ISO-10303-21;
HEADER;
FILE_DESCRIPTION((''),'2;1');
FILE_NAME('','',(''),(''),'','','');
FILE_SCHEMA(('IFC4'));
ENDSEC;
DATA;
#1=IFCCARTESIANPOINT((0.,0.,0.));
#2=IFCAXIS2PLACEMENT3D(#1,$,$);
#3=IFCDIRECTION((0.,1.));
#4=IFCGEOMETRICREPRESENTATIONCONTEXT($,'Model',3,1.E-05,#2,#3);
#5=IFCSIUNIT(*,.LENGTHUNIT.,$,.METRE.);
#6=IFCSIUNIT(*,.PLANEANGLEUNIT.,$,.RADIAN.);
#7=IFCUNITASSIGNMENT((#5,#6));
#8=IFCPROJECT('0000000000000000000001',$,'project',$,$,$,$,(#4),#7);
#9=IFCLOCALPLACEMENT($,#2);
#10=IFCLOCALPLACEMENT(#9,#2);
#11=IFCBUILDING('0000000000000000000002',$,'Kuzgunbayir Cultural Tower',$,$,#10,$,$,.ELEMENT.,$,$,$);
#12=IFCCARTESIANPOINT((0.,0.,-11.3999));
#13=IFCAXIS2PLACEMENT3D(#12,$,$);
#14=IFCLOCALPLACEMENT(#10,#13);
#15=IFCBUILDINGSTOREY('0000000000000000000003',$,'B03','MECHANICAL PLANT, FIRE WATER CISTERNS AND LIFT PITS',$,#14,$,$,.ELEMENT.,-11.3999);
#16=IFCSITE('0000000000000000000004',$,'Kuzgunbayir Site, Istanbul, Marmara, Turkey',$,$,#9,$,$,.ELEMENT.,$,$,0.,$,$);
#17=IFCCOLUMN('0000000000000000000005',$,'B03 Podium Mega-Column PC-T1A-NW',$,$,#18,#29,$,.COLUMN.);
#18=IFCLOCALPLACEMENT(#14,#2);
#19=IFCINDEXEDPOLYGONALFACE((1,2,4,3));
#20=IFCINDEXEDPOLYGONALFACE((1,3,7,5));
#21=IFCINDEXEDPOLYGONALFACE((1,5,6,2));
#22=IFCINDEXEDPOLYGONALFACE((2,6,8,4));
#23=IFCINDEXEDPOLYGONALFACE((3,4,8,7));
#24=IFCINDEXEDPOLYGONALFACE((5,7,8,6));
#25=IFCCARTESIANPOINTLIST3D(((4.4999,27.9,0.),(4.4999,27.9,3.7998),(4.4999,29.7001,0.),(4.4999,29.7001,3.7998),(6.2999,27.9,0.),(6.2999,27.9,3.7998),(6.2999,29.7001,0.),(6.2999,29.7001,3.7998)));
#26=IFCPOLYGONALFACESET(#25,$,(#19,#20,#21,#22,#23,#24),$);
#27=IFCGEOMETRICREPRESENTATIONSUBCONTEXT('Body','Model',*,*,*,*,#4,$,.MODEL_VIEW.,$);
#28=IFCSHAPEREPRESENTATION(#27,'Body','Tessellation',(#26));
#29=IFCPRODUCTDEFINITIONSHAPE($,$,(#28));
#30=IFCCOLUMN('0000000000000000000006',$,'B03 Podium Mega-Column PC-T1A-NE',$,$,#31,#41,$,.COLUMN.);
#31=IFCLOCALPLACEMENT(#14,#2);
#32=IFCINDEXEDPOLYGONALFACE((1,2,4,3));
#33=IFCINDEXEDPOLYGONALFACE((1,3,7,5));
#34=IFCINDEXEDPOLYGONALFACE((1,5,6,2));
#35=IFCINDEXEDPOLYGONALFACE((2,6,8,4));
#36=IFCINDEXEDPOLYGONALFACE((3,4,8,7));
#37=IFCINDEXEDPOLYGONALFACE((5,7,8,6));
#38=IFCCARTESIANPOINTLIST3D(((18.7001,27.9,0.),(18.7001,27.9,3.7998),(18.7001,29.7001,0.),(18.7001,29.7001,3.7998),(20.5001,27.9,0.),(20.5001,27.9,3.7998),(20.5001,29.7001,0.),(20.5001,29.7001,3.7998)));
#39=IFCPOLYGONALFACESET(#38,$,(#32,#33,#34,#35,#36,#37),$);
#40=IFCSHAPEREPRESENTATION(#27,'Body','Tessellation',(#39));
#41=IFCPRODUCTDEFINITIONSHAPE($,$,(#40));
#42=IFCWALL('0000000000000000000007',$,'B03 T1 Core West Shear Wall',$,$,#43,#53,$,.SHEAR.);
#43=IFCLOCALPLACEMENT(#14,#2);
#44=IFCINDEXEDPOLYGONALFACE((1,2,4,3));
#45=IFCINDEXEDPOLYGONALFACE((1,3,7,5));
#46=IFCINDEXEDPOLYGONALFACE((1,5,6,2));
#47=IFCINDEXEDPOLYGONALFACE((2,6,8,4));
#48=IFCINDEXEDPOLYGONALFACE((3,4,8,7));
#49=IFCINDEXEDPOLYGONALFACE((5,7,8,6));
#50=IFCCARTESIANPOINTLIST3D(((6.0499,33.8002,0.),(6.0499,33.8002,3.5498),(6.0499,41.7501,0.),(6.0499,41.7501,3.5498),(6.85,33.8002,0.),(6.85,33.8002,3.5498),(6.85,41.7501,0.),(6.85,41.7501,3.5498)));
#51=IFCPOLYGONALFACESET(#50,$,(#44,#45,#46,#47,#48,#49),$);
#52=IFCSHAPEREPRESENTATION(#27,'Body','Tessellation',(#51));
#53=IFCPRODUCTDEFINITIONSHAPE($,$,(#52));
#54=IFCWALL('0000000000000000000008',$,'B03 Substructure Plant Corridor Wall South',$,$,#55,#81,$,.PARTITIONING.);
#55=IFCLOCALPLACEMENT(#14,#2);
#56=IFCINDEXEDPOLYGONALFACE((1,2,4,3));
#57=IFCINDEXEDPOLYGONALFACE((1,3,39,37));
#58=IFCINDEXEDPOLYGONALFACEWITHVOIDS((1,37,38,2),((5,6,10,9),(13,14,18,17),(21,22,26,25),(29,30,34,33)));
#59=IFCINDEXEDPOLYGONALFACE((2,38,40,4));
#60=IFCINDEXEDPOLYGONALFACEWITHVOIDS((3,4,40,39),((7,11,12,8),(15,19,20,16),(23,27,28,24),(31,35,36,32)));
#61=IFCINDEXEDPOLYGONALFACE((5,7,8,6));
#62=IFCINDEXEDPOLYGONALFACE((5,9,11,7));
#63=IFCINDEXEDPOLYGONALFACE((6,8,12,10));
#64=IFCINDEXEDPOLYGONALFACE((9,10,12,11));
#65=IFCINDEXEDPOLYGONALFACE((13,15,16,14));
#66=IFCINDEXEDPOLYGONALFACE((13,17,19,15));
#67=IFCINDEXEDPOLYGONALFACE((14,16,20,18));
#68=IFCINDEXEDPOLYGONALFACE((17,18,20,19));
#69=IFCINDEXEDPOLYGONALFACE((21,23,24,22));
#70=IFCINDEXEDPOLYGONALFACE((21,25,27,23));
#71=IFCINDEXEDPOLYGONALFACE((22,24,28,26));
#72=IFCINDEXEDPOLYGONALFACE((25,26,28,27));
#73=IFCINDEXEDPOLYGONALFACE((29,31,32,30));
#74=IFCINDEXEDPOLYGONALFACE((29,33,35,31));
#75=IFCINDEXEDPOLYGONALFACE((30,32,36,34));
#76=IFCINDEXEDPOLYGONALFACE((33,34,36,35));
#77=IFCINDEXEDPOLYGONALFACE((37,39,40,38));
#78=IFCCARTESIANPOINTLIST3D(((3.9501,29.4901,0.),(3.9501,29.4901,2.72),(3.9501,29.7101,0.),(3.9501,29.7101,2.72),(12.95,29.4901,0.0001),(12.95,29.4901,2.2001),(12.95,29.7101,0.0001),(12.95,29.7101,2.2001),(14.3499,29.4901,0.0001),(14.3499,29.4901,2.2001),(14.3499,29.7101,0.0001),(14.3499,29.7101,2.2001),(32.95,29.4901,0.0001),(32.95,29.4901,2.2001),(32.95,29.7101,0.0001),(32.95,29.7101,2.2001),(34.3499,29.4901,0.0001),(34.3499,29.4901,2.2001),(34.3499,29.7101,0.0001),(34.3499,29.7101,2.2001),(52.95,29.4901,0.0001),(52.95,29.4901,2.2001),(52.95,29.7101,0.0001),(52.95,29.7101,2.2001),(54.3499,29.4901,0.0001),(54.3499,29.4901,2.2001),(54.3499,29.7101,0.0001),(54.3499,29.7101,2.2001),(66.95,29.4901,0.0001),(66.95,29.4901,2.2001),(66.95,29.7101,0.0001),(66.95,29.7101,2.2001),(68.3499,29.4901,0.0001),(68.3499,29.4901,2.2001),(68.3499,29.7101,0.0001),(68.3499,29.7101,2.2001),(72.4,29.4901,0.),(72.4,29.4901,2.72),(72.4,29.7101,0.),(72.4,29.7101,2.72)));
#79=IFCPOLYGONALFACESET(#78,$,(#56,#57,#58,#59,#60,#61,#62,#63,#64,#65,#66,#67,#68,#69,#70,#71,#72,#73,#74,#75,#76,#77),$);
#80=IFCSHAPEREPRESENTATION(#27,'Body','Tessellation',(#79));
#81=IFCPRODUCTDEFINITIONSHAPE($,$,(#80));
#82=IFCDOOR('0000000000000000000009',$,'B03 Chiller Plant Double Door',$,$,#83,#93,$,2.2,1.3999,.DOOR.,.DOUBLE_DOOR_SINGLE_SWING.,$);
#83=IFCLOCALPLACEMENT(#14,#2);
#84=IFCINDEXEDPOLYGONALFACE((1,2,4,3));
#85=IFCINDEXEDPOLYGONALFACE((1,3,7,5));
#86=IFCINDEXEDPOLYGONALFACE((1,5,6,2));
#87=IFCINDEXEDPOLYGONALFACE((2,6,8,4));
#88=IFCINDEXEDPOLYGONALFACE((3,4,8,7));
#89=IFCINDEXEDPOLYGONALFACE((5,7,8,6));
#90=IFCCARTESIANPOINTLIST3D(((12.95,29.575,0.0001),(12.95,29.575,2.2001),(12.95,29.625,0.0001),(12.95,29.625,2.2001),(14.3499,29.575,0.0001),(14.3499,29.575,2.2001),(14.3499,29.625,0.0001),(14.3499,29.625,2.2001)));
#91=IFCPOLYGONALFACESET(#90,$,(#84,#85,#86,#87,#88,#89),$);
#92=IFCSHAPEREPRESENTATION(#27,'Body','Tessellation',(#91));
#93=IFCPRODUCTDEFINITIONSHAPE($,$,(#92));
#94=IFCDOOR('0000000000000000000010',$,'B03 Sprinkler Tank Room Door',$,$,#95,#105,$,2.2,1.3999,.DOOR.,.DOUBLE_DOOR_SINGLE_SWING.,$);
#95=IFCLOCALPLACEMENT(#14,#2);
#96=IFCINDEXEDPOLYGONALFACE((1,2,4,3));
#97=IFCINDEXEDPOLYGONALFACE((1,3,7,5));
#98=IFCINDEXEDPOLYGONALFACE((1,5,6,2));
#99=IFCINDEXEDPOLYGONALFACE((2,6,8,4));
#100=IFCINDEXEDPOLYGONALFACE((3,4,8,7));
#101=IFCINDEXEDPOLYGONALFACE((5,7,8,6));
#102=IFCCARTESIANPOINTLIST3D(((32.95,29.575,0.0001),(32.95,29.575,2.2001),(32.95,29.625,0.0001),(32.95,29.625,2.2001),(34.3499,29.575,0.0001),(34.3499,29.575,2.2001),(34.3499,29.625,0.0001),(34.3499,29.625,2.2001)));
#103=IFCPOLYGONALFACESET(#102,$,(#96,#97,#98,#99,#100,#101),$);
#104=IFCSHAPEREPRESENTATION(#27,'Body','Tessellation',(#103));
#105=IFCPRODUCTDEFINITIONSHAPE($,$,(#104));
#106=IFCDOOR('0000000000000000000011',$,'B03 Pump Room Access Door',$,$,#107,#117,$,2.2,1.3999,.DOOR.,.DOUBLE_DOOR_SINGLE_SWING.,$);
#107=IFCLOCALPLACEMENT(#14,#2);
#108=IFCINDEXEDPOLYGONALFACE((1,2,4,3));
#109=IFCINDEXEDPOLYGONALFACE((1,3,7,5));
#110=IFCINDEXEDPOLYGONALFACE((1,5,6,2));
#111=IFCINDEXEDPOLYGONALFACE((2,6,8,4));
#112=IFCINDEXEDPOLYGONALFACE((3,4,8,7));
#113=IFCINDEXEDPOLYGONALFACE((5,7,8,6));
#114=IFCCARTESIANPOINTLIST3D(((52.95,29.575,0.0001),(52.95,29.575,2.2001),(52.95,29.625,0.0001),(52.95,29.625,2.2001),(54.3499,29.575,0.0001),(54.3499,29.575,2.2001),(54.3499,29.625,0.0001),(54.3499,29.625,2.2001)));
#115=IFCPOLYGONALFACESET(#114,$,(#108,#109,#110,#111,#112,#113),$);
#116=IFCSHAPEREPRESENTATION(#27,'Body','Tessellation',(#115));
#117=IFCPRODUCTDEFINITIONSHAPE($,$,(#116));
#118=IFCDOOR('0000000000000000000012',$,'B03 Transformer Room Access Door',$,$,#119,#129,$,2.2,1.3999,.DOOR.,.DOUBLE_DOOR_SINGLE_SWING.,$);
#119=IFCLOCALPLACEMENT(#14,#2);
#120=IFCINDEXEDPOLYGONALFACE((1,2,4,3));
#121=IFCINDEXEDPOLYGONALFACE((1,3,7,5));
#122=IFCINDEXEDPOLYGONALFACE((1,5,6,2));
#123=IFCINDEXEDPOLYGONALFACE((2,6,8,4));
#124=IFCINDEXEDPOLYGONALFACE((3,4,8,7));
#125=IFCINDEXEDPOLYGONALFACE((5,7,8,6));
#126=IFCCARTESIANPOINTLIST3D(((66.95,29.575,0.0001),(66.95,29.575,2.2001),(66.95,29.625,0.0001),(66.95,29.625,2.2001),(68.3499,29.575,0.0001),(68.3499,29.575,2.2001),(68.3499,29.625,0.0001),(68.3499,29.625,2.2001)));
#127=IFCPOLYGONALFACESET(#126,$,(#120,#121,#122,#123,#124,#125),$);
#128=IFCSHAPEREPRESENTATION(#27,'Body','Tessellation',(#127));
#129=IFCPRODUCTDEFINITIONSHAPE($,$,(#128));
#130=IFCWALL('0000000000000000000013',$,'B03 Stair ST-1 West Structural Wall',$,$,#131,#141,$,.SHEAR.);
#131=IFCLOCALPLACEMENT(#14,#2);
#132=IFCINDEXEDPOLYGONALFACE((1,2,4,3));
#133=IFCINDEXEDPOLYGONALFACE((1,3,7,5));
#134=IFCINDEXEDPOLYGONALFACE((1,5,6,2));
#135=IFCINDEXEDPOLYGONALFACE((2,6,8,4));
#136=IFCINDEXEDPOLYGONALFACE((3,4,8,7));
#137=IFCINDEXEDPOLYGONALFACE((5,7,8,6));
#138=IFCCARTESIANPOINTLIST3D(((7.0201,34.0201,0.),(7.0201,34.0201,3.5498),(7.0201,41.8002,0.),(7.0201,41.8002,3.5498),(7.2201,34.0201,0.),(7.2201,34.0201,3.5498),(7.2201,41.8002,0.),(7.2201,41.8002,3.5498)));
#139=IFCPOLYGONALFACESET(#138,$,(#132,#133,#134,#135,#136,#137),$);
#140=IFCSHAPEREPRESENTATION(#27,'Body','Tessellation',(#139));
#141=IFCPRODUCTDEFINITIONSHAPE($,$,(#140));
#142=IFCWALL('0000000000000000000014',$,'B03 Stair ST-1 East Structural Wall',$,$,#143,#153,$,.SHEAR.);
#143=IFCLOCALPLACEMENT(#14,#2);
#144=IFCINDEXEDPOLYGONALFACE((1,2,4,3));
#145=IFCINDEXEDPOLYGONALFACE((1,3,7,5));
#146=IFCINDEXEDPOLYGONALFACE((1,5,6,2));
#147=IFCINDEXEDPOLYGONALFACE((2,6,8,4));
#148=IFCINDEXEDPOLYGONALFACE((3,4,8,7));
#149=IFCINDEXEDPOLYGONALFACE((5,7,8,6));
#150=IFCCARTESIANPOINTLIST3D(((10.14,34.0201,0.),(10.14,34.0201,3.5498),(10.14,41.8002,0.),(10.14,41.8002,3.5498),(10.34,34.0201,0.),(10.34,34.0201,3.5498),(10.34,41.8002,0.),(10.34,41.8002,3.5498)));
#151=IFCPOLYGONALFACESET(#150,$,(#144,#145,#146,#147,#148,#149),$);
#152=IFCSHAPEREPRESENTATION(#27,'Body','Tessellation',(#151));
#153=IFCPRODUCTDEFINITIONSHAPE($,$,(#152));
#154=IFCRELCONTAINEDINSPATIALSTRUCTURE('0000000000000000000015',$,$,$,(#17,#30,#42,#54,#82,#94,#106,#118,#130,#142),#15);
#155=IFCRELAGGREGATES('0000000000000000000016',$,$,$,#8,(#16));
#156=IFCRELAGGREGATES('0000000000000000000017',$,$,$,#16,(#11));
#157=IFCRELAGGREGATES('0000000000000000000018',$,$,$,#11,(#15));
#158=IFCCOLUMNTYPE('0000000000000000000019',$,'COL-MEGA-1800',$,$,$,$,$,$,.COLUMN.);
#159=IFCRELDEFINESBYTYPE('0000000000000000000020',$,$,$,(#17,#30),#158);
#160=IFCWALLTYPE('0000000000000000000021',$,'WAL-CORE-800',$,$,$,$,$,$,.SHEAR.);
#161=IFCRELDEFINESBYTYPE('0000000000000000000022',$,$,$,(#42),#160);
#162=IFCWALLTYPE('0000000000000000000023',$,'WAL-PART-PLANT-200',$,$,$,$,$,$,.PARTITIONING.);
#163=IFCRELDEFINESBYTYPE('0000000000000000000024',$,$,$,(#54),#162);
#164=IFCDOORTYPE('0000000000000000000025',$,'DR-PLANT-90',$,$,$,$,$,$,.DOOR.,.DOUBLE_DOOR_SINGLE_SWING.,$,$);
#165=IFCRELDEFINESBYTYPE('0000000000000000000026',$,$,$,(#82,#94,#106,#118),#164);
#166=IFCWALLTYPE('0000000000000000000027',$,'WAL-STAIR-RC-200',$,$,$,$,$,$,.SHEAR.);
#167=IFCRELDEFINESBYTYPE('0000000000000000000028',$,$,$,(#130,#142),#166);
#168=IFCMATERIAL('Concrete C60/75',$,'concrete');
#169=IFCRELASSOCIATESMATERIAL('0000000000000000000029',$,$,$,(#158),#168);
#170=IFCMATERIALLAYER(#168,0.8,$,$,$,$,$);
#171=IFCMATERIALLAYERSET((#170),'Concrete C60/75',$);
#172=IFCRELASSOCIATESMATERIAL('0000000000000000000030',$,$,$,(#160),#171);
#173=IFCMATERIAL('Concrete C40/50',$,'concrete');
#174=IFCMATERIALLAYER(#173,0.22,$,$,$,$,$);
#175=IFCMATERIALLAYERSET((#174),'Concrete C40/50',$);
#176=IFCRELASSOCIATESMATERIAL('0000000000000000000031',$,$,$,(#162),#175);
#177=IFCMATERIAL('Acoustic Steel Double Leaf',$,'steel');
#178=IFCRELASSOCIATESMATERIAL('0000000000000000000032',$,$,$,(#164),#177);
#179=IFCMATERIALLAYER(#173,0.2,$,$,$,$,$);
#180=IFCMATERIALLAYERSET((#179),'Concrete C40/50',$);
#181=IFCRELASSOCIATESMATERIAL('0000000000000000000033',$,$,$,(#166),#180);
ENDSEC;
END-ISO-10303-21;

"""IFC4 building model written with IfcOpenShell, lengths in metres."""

from ifc_helpers import new_model, si_unit, direction, frame, frame_2d, origin, origin_2d, place, context, subcontext, project, spatial, rectangle, extrude, material, layer, layer_set, material_profile, profile_set, type_object, element, fill, save


model = new_model("IFC4")

# Units and contexts
model_context = context("Model", 3, precision=1e-05, world=origin(), true_north=direction((0.0, 1.0)))
body_context = subcontext(model_context, "Body", "Model", "MODEL_VIEW")
ifc_project = project(units=[si_unit("LENGTHUNIT", "METRE"), si_unit("PLANEANGLEUNIT", "RADIAN")], contexts=[model_context])

# Site, building, storey
site_placement = place(None, origin())
site = spatial("IfcSite", under=ifc_project, at=site_placement, Name="Kuzgunbayir Site, Istanbul, Marmara, Turkey", CompositionType="ELEMENT", RefElevation=0.0)
building_placement = place(site_placement, origin())
building = spatial("IfcBuilding", under=site, at=building_placement, Name="Kuzgunbayir Cultural Tower", CompositionType="ELEMENT")
storey_placement = place(building_placement, frame((0.0, 0.0, -11.3999)))
storey = spatial("IfcBuildingStorey", under=building, at=storey_placement, Name="B03", Description="MECHANICAL PLANT, FIRE WATER CISTERNS AND LIFT PITS", CompositionType="ELEMENT", Elevation=-11.3999)

# Shared definitions
ifc_material_1 = material(Name="Concrete C40/50", Category="concrete")

# Columns
ifc_material_2 = material(Name="Concrete C60/75", Category="concrete")
ifc_material_profile_1 = material_profile(ifc_material_2, rectangle(XDim=1.8, YDim=1.8, at=origin_2d()), Name="RC 1800x1800")
ifc_profile_set_1 = profile_set([ifc_material_profile_1], Name="Concrete C60/75")
column_type_1 = type_object("IfcColumnType", Name="COL-MEGA-1800", PredefinedType="COLUMN", material=ifc_profile_set_1)
for number, where, z_axis, x_axis, name in (
    (1, (5.3999, 28.8, 0.0), (0.0, 0.0, 1.0), (1.0, 0.0, 0.0), "B03 Podium Mega-Column PC-T1A-NW"),
    (2, (19.6001, 28.8, 0.0), (0.0, 0.0, 1.0), (1.0, 0.0, 0.0), "B03 Podium Mega-Column PC-T1A-NE"),
):
    element("IfcColumn", number, at=place(storey_placement, frame(where, z_axis=z_axis, x_axis=x_axis)), inside=storey, type_object=column_type_1, Name=name, PredefinedType="COLUMN", context=body_context, shape_type="SweptSolid", body=[
        extrude(rectangle(XDim=1.8, YDim=1.8, at=origin_2d()), origin(), (0.0, 0.0, 1.0), 3.7998),
    ])

# Wall
ifc_layer_1 = layer(ifc_material_2, 0.8)
ifc_layer_set_1 = layer_set([ifc_layer_1], Name="Concrete C60/75")
wall_type_1 = type_object("IfcWallType", Name="WAL-CORE-800", PredefinedType="SHEAR", material=ifc_layer_set_1)
wall_1_placement = place(storey_placement, frame((6.45, 33.8, 0.0), z_axis=(0.0, 0.0, 1.0), x_axis=(0.0, 1.0, 0.0)))
element("IfcWall", 3, at=wall_1_placement, inside=storey, type_object=wall_type_1, Name="B03 T1 Core West Shear Wall", PredefinedType="SHEAR", context=body_context, shape_type="SweptSolid", body=[
    extrude(rectangle(XDim=7.95, YDim=0.8, at=frame_2d((3.9751, 0.0))), origin(), (0.0, 0.0, 1.0), 3.5498),
])

# Wall, openings, doors
ifc_layer_2 = layer(ifc_material_1, 0.22)
ifc_layer_set_2 = layer_set([ifc_layer_2], Name="Concrete C40/50")
wall_type_2 = type_object("IfcWallType", Name="WAL-PART-PLANT-200", PredefinedType="PARTITIONING", material=ifc_layer_set_2)
wall_2_placement = place(storey_placement, frame((3.95, 29.6001, 0.0), z_axis=(0.0, 0.0, 1.0), x_axis=(1.0, 0.0, 0.0)))
wall_2 = element("IfcWall", 4, at=wall_2_placement, inside=storey, type_object=wall_type_2, Name="B03 Substructure Plant Corridor Wall South", PredefinedType="PARTITIONING", context=body_context, shape_type="SweptSolid", body=[
    extrude(rectangle(XDim=68.45, YDim=0.22, at=frame_2d((34.2251, 0.0))), origin(), (0.0, 0.0, 1.0), 2.72),
])
opening_1_placement = place(wall_2_placement, frame((9.0, 0.0, 0.0)))
opening_1 = element("IfcOpeningElement", 5, at=opening_1_placement, cuts=wall_2, PredefinedType="OPENING", context=body_context, shape_type="SweptSolid", body=[
    extrude(rectangle(XDim=1.3999, YDim=2.2, at=frame_2d((0.7, 1.1001))), frame((0.0, 0.1201, 0.0), z_axis=(0.0, -1.0, 0.0), x_axis=(1.0, 0.0, 0.0)), (0.0, 0.0, 1.0), 0.24),
])
opening_2_placement = place(wall_2_placement, frame((29.0, 0.0, 0.0)))
opening_2 = element("IfcOpeningElement", 6, at=opening_2_placement, cuts=wall_2, PredefinedType="OPENING", context=body_context, shape_type="SweptSolid", body=[
    extrude(rectangle(XDim=1.3999, YDim=2.2, at=frame_2d((0.7, 1.1001))), frame((0.0, 0.1201, 0.0), z_axis=(0.0, -1.0, 0.0), x_axis=(1.0, 0.0, 0.0)), (0.0, 0.0, 1.0), 0.24),
])
opening_3_placement = place(wall_2_placement, frame((49.0, 0.0, 0.0)))
opening_3 = element("IfcOpeningElement", 7, at=opening_3_placement, cuts=wall_2, PredefinedType="OPENING", context=body_context, shape_type="SweptSolid", body=[
    extrude(rectangle(XDim=1.3999, YDim=2.2, at=frame_2d((0.7, 1.1001))), frame((0.0, 0.1201, 0.0), z_axis=(0.0, -1.0, 0.0), x_axis=(1.0, 0.0, 0.0)), (0.0, 0.0, 1.0), 0.24),
])
opening_4_placement = place(wall_2_placement, frame((63.0, 0.0, 0.0)))
opening_4 = element("IfcOpeningElement", 8, at=opening_4_placement, cuts=wall_2, PredefinedType="OPENING", context=body_context, shape_type="SweptSolid", body=[
    extrude(rectangle(XDim=1.3999, YDim=2.2, at=frame_2d((0.7, 1.1001))), frame((0.0, 0.1201, 0.0), z_axis=(0.0, -1.0, 0.0), x_axis=(1.0, 0.0, 0.0)), (0.0, 0.0, 1.0), 0.24),
])
ifc_material_3 = material(Name="Acoustic Steel Double Leaf", Category="steel")
door_type_1 = type_object("IfcDoorType", Name="DR-PLANT-90", OperationType="DOUBLE_DOOR_SINGLE_SWING", PredefinedType="DOOR", material=ifc_material_3)
door_1_placement = place(opening_1_placement, origin())
door_1 = element("IfcDoor", 9, at=door_1_placement, inside=storey, type_object=door_type_1, Name="B03 Chiller Plant Double Door", OperationType="DOUBLE_DOOR_SINGLE_SWING", OverallHeight=2.2, OverallWidth=1.3999, PredefinedType="DOOR", context=body_context, shape_type="SweptSolid", body=[
    extrude(rectangle(XDim=1.3999, YDim=2.2, at=frame_2d((0.7, 1.1001))), frame((0.0, 0.0249, 0.0), z_axis=(0.0, -1.0, 0.0), x_axis=(1.0, 0.0, 0.0)), (0.0, 0.0, 1.0), 0.05),
])
fill(opening_1, door_1)
door_2_placement = place(opening_2_placement, origin())
door_2 = element("IfcDoor", 10, at=door_2_placement, inside=storey, type_object=door_type_1, Name="B03 Sprinkler Tank Room Door", OperationType="DOUBLE_DOOR_SINGLE_SWING", OverallHeight=2.2, OverallWidth=1.3999, PredefinedType="DOOR", context=body_context, shape_type="SweptSolid", body=[
    extrude(rectangle(XDim=1.3999, YDim=2.2, at=frame_2d((0.7, 1.1001))), frame((0.0, 0.0249, 0.0), z_axis=(0.0, -1.0, 0.0), x_axis=(1.0, 0.0, 0.0)), (0.0, 0.0, 1.0), 0.05),
])
fill(opening_2, door_2)
door_3_placement = place(opening_3_placement, origin())
door_3 = element("IfcDoor", 11, at=door_3_placement, inside=storey, type_object=door_type_1, Name="B03 Pump Room Access Door", OperationType="DOUBLE_DOOR_SINGLE_SWING", OverallHeight=2.2, OverallWidth=1.3999, PredefinedType="DOOR", context=body_context, shape_type="SweptSolid", body=[
    extrude(rectangle(XDim=1.3999, YDim=2.2, at=frame_2d((0.7, 1.1001))), frame((0.0, 0.0249, 0.0), z_axis=(0.0, -1.0, 0.0), x_axis=(1.0, 0.0, 0.0)), (0.0, 0.0, 1.0), 0.05),
])
fill(opening_3, door_3)
door_4_placement = place(opening_4_placement, origin())
door_4 = element("IfcDoor", 12, at=door_4_placement, inside=storey, type_object=door_type_1, Name="B03 Transformer Room Access Door", OperationType="DOUBLE_DOOR_SINGLE_SWING", OverallHeight=2.2, OverallWidth=1.3999, PredefinedType="DOOR", context=body_context, shape_type="SweptSolid", body=[
    extrude(rectangle(XDim=1.3999, YDim=2.2, at=frame_2d((0.7, 1.1001))), frame((0.0, 0.0249, 0.0), z_axis=(0.0, -1.0, 0.0), x_axis=(1.0, 0.0, 0.0)), (0.0, 0.0, 1.0), 0.05),
])
fill(opening_4, door_4)

# Walls
ifc_layer_3 = layer(ifc_material_1, 0.2)
ifc_layer_set_3 = layer_set([ifc_layer_3], Name="Concrete C40/50")
wall_type_3 = type_object("IfcWallType", Name="WAL-STAIR-RC-200", PredefinedType="SHEAR", material=ifc_layer_set_3)
for number, where, z_axis, x_axis, name in (
    (13, (7.1201, 34.02, 0.0), (0.0, 0.0, 1.0), (0.0, 1.0, 0.0), "B03 Stair ST-1 West Structural Wall"),
    (14, (10.24, 34.02, 0.0), (0.0, 0.0, 1.0), (0.0, 1.0, 0.0), "B03 Stair ST-1 East Structural Wall"),
):
    element("IfcWall", number, at=place(storey_placement, frame(where, z_axis=z_axis, x_axis=x_axis)), inside=storey, type_object=wall_type_3, Name=name, PredefinedType="SHEAR", context=body_context, shape_type="SweptSolid", body=[
        extrude(rectangle(XDim=7.78, YDim=0.2, at=frame_2d((3.8901, 0.0))), origin(), (0.0, 0.0, 1.0), 3.5498),
    ])

save(model, "model.ifc")
